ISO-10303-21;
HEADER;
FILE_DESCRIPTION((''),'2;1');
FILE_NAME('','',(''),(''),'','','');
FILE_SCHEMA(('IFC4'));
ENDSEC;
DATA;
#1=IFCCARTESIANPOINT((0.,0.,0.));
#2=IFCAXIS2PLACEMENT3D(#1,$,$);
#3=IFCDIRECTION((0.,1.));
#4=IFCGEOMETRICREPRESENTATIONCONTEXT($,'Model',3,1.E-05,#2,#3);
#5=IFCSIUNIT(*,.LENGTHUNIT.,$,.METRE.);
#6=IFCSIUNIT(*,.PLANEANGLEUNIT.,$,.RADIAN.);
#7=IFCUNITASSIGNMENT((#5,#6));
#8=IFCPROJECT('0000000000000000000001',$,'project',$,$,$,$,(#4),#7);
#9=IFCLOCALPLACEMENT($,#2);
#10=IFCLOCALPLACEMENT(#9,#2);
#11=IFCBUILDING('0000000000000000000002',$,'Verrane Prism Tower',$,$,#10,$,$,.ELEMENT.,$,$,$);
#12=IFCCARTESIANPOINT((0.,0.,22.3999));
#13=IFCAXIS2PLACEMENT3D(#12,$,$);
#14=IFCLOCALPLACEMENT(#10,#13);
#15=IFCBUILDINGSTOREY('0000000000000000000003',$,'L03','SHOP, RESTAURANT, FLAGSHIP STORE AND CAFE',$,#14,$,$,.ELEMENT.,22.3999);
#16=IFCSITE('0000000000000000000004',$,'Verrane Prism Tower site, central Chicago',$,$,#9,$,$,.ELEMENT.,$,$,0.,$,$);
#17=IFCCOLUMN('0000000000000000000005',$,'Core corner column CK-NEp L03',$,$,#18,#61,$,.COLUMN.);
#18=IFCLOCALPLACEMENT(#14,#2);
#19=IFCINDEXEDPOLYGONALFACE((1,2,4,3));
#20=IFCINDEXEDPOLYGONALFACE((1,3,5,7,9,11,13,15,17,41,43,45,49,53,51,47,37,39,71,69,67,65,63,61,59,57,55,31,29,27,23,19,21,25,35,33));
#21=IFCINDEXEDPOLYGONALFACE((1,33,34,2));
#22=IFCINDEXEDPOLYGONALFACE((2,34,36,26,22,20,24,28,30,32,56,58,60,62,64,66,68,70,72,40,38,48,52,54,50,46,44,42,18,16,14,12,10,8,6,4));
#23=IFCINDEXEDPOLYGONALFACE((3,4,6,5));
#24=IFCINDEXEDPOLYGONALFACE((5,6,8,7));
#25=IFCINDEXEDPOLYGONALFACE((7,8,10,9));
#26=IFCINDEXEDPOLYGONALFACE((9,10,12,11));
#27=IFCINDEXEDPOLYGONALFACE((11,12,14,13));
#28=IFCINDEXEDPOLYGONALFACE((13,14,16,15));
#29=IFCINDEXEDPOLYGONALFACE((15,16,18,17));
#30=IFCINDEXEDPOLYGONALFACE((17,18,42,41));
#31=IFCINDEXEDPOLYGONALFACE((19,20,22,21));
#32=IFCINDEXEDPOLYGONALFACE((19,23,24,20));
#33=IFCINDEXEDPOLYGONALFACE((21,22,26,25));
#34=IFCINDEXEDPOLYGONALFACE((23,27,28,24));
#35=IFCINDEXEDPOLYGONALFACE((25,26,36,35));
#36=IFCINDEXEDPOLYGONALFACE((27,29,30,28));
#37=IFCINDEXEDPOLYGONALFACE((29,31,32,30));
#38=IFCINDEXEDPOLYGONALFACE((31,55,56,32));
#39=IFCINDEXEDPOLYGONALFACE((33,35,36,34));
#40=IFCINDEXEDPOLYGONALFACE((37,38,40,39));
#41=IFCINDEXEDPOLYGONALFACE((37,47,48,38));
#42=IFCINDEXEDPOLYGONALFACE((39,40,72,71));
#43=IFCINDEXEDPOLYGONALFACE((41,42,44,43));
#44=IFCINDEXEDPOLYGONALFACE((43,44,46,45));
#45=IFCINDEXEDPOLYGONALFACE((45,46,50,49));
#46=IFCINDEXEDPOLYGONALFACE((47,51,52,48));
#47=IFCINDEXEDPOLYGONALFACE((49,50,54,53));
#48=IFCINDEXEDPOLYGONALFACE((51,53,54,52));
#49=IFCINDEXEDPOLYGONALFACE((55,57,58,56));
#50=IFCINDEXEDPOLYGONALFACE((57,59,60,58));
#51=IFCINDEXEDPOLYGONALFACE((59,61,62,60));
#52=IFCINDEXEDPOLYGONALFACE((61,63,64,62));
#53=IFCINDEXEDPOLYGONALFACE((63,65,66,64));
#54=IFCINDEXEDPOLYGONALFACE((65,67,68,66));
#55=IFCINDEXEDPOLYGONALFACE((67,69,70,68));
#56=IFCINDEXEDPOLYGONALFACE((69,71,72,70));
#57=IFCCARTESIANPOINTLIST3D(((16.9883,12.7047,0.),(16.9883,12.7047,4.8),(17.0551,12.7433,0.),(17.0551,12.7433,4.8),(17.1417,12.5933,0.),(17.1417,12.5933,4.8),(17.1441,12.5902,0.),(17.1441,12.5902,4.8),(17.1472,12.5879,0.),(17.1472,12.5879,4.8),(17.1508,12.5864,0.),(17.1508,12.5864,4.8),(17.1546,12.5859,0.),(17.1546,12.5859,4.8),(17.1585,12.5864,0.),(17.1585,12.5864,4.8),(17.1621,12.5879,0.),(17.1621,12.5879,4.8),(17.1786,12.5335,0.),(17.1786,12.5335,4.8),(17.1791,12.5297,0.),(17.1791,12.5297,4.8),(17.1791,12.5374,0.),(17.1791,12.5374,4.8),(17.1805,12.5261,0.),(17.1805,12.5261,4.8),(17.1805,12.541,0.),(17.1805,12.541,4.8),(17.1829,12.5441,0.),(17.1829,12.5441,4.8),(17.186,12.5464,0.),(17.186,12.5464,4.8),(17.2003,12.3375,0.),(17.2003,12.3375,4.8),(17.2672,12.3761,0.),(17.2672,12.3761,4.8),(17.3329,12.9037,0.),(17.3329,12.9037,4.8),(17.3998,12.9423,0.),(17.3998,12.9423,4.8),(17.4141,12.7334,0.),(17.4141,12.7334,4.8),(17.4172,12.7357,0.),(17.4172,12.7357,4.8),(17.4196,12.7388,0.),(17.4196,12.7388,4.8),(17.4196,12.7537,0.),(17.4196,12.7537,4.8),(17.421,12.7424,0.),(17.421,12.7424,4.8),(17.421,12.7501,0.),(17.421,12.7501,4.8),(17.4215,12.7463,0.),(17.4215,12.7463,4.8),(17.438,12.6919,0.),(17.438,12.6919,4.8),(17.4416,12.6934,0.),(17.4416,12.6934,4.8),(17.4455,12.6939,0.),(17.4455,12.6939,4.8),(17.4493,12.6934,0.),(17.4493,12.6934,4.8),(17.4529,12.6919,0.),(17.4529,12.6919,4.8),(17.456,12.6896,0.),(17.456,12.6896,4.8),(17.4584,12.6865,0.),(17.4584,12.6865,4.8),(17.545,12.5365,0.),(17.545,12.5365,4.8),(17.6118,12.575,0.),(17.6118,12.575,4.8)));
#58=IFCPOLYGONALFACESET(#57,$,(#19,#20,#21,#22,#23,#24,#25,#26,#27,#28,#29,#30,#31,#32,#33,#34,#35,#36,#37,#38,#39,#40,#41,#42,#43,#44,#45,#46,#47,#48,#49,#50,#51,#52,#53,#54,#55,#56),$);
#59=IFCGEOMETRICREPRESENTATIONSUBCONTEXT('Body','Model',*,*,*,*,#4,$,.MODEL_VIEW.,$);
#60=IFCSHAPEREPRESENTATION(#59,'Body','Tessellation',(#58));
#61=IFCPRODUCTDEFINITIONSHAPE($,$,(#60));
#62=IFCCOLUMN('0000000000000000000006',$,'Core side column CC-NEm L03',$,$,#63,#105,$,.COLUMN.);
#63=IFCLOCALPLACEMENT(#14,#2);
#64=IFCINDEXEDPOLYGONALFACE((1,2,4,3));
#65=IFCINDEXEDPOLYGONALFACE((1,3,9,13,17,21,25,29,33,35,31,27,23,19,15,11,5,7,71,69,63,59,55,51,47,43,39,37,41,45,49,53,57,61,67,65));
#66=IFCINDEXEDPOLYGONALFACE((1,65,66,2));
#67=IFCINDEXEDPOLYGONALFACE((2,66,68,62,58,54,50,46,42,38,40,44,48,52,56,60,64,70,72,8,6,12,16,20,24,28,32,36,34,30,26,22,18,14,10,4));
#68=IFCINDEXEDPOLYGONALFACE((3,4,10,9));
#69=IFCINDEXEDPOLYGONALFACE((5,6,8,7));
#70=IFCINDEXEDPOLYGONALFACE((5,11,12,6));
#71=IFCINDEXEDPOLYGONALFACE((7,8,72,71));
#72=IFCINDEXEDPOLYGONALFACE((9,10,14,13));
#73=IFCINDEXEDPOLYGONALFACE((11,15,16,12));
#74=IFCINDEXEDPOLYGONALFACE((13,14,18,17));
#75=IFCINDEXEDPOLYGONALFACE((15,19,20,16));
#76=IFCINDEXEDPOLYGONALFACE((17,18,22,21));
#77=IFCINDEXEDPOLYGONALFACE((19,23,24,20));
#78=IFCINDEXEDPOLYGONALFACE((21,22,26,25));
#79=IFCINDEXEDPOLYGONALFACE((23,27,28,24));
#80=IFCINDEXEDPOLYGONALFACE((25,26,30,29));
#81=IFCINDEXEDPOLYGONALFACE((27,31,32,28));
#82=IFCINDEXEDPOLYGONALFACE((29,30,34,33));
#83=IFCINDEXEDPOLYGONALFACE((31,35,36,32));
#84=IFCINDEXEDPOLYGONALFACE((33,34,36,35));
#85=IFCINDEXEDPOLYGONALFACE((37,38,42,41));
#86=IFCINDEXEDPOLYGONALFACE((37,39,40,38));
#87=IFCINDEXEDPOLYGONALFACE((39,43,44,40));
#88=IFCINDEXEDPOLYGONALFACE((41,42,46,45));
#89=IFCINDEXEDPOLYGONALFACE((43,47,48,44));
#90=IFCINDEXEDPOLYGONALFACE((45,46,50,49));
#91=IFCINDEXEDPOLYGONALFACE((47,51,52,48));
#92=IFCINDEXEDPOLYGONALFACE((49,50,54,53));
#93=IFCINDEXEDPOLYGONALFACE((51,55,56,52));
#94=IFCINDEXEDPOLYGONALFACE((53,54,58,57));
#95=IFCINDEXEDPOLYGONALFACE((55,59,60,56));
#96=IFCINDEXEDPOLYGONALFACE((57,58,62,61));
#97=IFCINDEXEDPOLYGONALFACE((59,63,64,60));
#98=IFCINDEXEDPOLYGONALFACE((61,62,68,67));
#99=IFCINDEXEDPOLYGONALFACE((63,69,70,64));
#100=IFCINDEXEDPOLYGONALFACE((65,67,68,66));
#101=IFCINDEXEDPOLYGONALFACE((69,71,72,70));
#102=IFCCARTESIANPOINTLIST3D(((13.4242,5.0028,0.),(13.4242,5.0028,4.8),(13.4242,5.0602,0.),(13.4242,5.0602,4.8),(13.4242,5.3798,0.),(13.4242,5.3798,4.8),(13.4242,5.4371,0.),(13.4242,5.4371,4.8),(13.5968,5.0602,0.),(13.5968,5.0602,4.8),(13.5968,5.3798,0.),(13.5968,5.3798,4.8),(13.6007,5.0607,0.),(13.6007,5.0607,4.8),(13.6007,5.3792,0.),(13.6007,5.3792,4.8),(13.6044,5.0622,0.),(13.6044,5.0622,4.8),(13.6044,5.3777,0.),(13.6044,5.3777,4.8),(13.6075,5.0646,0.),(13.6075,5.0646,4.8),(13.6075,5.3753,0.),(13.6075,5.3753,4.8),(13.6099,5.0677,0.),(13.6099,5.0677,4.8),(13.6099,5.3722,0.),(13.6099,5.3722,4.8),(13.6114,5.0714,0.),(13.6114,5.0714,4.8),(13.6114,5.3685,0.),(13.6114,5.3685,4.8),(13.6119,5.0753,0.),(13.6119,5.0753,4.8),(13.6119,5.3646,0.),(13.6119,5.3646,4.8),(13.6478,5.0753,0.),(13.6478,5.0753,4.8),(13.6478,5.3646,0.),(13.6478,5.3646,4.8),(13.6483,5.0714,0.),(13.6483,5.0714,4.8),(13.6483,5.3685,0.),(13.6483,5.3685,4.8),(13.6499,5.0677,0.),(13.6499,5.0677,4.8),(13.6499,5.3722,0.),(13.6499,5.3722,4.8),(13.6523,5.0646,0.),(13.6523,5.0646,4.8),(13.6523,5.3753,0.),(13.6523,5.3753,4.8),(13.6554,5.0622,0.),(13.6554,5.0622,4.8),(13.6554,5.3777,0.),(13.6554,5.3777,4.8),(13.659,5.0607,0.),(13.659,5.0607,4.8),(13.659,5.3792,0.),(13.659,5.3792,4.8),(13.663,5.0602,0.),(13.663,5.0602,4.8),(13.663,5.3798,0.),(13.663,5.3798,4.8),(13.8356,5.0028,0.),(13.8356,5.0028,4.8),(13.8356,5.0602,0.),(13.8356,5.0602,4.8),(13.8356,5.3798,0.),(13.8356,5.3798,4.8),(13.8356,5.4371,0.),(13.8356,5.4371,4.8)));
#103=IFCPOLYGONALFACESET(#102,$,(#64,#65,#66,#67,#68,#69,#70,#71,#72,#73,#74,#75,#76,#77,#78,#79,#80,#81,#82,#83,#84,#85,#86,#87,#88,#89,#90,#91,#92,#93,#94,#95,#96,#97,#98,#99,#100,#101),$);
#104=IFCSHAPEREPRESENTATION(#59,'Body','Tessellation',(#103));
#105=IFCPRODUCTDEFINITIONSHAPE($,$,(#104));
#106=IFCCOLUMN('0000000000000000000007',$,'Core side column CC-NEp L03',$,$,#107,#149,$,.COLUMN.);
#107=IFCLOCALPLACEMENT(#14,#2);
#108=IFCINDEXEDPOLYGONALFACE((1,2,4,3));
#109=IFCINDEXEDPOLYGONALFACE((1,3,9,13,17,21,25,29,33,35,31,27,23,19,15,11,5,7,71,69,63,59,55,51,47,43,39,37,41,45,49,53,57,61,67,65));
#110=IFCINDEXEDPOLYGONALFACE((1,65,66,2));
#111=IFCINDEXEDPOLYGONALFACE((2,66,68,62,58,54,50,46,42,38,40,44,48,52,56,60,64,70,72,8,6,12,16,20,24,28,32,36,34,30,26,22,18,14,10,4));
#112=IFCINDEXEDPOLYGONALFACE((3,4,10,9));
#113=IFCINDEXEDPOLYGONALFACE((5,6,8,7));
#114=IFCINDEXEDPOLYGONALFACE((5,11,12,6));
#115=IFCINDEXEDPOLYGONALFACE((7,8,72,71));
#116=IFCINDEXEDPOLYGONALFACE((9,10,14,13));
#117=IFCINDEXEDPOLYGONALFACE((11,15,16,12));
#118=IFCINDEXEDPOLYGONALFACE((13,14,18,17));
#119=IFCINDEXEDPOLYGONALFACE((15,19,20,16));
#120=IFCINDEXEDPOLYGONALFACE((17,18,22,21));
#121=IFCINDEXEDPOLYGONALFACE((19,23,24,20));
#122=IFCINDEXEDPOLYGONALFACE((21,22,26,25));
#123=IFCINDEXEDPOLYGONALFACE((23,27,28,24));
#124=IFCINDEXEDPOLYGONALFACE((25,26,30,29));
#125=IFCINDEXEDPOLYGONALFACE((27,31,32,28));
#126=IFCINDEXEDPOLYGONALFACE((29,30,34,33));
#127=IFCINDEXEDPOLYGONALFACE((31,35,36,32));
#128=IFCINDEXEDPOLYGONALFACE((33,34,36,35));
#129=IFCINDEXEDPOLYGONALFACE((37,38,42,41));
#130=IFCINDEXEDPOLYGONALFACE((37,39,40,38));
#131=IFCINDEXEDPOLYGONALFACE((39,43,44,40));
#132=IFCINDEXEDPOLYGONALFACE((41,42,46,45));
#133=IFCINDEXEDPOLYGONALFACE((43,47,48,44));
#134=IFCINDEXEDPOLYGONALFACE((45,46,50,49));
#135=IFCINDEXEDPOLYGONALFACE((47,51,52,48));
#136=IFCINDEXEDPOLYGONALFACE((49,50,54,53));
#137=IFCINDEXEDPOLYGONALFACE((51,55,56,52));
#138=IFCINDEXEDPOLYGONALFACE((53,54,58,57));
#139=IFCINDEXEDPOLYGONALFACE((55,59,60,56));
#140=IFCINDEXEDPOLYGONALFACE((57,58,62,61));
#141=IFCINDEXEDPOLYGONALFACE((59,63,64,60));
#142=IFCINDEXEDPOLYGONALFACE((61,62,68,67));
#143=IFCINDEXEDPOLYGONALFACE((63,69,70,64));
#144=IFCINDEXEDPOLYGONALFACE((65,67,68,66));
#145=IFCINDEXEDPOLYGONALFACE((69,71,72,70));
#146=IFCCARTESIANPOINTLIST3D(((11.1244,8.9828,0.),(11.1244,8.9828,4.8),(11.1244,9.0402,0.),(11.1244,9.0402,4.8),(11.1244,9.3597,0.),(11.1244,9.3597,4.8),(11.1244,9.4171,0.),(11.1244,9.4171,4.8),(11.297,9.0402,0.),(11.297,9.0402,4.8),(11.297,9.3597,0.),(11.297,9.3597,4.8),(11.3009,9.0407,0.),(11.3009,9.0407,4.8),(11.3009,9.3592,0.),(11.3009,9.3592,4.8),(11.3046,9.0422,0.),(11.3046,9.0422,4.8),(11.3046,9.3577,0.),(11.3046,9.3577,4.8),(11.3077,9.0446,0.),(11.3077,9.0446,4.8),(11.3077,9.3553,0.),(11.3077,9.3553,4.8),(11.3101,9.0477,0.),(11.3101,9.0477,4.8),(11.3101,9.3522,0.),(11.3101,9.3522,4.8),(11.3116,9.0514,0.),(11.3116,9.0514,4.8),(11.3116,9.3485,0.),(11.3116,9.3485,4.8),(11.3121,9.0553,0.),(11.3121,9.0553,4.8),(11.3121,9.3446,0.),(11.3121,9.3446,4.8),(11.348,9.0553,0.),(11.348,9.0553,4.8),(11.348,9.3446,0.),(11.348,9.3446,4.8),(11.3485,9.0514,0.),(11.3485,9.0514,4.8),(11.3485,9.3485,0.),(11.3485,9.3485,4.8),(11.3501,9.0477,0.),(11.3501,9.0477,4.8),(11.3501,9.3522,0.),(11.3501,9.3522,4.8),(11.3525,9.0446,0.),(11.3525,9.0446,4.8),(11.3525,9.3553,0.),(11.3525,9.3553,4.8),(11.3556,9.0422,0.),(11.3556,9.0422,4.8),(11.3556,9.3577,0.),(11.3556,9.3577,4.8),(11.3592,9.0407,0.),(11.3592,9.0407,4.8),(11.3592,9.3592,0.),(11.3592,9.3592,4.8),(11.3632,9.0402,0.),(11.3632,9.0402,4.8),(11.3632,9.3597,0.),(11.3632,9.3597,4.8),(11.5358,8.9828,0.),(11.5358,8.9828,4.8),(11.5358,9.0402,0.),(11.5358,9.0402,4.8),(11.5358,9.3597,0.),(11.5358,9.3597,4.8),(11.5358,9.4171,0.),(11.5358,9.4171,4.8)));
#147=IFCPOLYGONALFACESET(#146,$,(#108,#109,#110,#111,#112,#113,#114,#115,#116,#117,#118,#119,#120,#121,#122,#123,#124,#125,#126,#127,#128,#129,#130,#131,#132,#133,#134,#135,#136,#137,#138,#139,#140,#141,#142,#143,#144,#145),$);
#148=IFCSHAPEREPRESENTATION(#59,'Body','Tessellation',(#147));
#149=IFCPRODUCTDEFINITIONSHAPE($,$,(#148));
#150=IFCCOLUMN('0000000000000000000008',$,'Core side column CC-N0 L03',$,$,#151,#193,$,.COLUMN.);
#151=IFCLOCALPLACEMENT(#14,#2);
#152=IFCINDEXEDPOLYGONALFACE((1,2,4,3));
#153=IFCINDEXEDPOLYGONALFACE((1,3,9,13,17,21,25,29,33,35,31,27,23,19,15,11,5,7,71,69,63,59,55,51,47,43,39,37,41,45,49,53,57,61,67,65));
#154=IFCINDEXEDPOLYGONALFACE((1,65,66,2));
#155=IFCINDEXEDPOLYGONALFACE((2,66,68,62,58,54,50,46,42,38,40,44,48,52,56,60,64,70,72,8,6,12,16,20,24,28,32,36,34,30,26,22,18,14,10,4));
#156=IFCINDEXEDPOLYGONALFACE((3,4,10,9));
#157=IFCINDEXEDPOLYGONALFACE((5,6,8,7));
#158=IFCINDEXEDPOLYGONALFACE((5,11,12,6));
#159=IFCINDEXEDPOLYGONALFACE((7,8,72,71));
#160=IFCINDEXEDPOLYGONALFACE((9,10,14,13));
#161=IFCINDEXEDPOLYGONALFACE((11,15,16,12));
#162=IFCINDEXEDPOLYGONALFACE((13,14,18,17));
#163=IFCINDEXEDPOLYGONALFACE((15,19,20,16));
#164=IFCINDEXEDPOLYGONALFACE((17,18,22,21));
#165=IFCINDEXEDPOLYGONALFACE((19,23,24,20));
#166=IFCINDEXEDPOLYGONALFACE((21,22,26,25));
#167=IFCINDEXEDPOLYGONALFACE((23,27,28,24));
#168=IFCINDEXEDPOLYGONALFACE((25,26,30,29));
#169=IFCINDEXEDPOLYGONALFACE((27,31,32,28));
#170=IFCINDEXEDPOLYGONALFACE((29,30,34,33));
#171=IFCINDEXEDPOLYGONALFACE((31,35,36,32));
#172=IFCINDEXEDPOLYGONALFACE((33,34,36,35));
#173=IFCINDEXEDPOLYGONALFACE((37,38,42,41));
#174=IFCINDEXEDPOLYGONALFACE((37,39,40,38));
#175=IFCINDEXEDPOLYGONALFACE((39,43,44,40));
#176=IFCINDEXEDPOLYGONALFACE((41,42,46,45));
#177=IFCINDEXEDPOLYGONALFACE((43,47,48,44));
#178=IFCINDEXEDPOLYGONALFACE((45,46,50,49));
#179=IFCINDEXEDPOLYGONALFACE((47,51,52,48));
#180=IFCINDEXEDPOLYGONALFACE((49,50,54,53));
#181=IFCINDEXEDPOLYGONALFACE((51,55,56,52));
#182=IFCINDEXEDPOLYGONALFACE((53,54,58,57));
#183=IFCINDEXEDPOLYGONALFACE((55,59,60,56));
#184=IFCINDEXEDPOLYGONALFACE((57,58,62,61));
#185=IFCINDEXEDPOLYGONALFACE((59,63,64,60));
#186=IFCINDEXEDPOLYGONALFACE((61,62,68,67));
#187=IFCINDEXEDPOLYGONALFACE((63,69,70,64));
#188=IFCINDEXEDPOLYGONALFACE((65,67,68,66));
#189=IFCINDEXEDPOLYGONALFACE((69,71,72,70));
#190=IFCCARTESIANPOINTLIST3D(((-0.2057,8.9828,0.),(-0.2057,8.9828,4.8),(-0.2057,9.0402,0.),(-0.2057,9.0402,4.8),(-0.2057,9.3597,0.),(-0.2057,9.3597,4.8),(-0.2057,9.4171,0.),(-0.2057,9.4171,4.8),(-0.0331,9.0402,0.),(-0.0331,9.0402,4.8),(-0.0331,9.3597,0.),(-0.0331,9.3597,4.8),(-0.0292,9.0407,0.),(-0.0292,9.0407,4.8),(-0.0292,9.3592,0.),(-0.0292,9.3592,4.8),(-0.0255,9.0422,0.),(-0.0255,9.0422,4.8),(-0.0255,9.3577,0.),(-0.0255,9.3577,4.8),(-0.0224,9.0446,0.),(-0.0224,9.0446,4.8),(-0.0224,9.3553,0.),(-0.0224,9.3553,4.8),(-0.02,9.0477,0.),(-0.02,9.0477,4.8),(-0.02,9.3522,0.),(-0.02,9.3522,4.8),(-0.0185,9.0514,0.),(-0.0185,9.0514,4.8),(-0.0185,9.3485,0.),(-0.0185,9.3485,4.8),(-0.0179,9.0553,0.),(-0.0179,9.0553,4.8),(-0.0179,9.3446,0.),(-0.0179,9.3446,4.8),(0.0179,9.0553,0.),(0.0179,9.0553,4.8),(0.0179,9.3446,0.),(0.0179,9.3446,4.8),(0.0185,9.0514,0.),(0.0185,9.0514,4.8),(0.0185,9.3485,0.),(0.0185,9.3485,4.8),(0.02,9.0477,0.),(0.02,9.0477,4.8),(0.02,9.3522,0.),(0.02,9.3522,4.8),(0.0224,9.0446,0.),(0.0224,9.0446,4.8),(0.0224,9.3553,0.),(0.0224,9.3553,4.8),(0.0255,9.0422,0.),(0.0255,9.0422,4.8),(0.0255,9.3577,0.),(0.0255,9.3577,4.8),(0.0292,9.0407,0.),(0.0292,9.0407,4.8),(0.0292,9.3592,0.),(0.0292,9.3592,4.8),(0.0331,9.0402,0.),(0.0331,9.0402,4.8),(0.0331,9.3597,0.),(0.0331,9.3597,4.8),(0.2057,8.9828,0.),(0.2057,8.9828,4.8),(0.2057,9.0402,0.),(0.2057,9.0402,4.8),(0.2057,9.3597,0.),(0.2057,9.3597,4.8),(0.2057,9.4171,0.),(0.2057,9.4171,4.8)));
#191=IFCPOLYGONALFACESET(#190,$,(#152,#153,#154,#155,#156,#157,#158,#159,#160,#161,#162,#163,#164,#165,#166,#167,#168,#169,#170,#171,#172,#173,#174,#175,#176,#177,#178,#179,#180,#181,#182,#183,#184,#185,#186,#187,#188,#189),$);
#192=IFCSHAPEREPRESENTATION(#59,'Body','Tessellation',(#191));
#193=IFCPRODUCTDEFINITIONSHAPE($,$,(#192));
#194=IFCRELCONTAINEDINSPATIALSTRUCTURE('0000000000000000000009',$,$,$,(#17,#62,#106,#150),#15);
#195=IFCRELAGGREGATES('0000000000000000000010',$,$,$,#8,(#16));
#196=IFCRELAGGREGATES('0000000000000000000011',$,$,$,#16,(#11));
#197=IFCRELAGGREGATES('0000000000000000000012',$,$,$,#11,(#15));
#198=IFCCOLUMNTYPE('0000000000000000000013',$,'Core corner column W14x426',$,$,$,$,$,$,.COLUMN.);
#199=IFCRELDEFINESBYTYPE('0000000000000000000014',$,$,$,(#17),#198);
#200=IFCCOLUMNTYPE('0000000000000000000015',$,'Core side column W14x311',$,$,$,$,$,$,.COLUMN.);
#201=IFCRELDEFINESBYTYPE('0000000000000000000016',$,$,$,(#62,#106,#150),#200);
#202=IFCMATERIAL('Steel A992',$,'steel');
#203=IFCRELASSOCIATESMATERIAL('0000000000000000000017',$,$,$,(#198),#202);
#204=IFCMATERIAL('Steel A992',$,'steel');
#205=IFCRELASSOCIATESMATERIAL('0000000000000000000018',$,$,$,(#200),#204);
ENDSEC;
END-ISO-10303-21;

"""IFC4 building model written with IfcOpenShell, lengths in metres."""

from ifc_helpers import new_model, si_unit, direction, frame, origin, origin_2d, place, context, subcontext, project, spatial, i_section, extrude, material, material_profile, profile_set, type_object, element, save


model = new_model("IFC4")

# Units and contexts
model_context = context("Model", 3, precision=1e-05, world=origin(), true_north=direction((0.0, 1.0)))
body_context = subcontext(model_context, "Body", "Model", "MODEL_VIEW")
ifc_project = project(units=[si_unit("LENGTHUNIT", "METRE"), si_unit("PLANEANGLEUNIT", "RADIAN")], contexts=[model_context])

# Site, building, storey
site_placement = place(None, origin())
site = spatial("IfcSite", under=ifc_project, at=site_placement, Name="Verrane Prism Tower site, central Chicago", CompositionType="ELEMENT", RefElevation=0.0)
building_placement = place(site_placement, origin())
building = spatial("IfcBuilding", under=site, at=building_placement, Name="Verrane Prism Tower", CompositionType="ELEMENT")
storey_placement = place(building_placement, frame((0.0, 0.0, 22.3999)))
storey = spatial("IfcBuildingStorey", under=building, at=storey_placement, Name="L03", Description="SHOP, RESTAURANT, FLAGSHIP STORE AND CAFE", CompositionType="ELEMENT", Elevation=22.3999)

# Columns
ifc_material_1 = material(Name="Steel A992", Category="steel")
ifc_material_profile_1 = material_profile(ifc_material_1, i_section(OverallWidth=0.4241, OverallDepth=0.4751, WebThickness=0.0479, FlangeThickness=0.0771, FilletRadius=0.0149, at=origin_2d()), Name="W14x426")
ifc_profile_set_1 = profile_set([ifc_material_profile_1], Name="Steel A992")
column_type_1 = type_object("IfcColumnType", Name="Core corner column W14x426", PredefinedType="COLUMN", material=ifc_profile_set_1)
column_placement = place(storey_placement, frame((17.3, 12.6399, 0.0), z_axis=(0.0, 0.0, 1.0), x_axis=(0.5, -0.866025, 0.0)))
element("IfcColumn", 1, at=column_placement, inside=storey, type_object=column_type_1, Name="Core corner column CK-NEp L03", PredefinedType="COLUMN", context=body_context, shape_type="SweptSolid", body=[
    extrude(i_section(OverallWidth=0.4241, OverallDepth=0.4751, WebThickness=0.0479, FlangeThickness=0.0771, FilletRadius=0.0149, at=origin_2d()), origin(), (0.0, 0.0, 1.0), 4.8),
])
ifc_material_2 = material(Name="Steel A992", Category="steel")
ifc_material_profile_2 = material_profile(ifc_material_2, i_section(OverallWidth=0.4114, OverallDepth=0.4343, WebThickness=0.0359, FlangeThickness=0.0574, FilletRadius=0.0151, at=origin_2d()), Name="W14x311")
ifc_profile_set_2 = profile_set([ifc_material_profile_2], Name="Steel A992")
column_type_2 = type_object("IfcColumnType", Name="Core side column W14x311", PredefinedType="COLUMN", material=ifc_profile_set_2)
for number, where, z_axis, x_axis, name in (
    (2, (13.6299, 5.22, 0.0), (0.0, 0.0, 1.0), (1.0, 0.0, 0.0), "Core side column CC-NEm L03"),
    (3, (11.3301, 9.2, 0.0), (0.0, 0.0, 1.0), (1.0, 0.0, 0.0), "Core side column CC-NEp L03"),
    (4, (0.0, 9.2, 0.0), (0.0, 0.0, 1.0), (1.0, 0.0, 0.0), "Core side column CC-N0 L03"),
):
    element("IfcColumn", number, at=place(storey_placement, frame(where, z_axis=z_axis, x_axis=x_axis)), inside=storey, type_object=column_type_2, Name=name, PredefinedType="COLUMN", context=body_context, shape_type="SweptSolid", body=[
        extrude(i_section(OverallWidth=0.4114, OverallDepth=0.4343, WebThickness=0.0359, FlangeThickness=0.0574, FilletRadius=0.0151, at=origin_2d()), origin(), (0.0, 0.0, 1.0), 4.8),
    ])

save(model, "model.ifc")
